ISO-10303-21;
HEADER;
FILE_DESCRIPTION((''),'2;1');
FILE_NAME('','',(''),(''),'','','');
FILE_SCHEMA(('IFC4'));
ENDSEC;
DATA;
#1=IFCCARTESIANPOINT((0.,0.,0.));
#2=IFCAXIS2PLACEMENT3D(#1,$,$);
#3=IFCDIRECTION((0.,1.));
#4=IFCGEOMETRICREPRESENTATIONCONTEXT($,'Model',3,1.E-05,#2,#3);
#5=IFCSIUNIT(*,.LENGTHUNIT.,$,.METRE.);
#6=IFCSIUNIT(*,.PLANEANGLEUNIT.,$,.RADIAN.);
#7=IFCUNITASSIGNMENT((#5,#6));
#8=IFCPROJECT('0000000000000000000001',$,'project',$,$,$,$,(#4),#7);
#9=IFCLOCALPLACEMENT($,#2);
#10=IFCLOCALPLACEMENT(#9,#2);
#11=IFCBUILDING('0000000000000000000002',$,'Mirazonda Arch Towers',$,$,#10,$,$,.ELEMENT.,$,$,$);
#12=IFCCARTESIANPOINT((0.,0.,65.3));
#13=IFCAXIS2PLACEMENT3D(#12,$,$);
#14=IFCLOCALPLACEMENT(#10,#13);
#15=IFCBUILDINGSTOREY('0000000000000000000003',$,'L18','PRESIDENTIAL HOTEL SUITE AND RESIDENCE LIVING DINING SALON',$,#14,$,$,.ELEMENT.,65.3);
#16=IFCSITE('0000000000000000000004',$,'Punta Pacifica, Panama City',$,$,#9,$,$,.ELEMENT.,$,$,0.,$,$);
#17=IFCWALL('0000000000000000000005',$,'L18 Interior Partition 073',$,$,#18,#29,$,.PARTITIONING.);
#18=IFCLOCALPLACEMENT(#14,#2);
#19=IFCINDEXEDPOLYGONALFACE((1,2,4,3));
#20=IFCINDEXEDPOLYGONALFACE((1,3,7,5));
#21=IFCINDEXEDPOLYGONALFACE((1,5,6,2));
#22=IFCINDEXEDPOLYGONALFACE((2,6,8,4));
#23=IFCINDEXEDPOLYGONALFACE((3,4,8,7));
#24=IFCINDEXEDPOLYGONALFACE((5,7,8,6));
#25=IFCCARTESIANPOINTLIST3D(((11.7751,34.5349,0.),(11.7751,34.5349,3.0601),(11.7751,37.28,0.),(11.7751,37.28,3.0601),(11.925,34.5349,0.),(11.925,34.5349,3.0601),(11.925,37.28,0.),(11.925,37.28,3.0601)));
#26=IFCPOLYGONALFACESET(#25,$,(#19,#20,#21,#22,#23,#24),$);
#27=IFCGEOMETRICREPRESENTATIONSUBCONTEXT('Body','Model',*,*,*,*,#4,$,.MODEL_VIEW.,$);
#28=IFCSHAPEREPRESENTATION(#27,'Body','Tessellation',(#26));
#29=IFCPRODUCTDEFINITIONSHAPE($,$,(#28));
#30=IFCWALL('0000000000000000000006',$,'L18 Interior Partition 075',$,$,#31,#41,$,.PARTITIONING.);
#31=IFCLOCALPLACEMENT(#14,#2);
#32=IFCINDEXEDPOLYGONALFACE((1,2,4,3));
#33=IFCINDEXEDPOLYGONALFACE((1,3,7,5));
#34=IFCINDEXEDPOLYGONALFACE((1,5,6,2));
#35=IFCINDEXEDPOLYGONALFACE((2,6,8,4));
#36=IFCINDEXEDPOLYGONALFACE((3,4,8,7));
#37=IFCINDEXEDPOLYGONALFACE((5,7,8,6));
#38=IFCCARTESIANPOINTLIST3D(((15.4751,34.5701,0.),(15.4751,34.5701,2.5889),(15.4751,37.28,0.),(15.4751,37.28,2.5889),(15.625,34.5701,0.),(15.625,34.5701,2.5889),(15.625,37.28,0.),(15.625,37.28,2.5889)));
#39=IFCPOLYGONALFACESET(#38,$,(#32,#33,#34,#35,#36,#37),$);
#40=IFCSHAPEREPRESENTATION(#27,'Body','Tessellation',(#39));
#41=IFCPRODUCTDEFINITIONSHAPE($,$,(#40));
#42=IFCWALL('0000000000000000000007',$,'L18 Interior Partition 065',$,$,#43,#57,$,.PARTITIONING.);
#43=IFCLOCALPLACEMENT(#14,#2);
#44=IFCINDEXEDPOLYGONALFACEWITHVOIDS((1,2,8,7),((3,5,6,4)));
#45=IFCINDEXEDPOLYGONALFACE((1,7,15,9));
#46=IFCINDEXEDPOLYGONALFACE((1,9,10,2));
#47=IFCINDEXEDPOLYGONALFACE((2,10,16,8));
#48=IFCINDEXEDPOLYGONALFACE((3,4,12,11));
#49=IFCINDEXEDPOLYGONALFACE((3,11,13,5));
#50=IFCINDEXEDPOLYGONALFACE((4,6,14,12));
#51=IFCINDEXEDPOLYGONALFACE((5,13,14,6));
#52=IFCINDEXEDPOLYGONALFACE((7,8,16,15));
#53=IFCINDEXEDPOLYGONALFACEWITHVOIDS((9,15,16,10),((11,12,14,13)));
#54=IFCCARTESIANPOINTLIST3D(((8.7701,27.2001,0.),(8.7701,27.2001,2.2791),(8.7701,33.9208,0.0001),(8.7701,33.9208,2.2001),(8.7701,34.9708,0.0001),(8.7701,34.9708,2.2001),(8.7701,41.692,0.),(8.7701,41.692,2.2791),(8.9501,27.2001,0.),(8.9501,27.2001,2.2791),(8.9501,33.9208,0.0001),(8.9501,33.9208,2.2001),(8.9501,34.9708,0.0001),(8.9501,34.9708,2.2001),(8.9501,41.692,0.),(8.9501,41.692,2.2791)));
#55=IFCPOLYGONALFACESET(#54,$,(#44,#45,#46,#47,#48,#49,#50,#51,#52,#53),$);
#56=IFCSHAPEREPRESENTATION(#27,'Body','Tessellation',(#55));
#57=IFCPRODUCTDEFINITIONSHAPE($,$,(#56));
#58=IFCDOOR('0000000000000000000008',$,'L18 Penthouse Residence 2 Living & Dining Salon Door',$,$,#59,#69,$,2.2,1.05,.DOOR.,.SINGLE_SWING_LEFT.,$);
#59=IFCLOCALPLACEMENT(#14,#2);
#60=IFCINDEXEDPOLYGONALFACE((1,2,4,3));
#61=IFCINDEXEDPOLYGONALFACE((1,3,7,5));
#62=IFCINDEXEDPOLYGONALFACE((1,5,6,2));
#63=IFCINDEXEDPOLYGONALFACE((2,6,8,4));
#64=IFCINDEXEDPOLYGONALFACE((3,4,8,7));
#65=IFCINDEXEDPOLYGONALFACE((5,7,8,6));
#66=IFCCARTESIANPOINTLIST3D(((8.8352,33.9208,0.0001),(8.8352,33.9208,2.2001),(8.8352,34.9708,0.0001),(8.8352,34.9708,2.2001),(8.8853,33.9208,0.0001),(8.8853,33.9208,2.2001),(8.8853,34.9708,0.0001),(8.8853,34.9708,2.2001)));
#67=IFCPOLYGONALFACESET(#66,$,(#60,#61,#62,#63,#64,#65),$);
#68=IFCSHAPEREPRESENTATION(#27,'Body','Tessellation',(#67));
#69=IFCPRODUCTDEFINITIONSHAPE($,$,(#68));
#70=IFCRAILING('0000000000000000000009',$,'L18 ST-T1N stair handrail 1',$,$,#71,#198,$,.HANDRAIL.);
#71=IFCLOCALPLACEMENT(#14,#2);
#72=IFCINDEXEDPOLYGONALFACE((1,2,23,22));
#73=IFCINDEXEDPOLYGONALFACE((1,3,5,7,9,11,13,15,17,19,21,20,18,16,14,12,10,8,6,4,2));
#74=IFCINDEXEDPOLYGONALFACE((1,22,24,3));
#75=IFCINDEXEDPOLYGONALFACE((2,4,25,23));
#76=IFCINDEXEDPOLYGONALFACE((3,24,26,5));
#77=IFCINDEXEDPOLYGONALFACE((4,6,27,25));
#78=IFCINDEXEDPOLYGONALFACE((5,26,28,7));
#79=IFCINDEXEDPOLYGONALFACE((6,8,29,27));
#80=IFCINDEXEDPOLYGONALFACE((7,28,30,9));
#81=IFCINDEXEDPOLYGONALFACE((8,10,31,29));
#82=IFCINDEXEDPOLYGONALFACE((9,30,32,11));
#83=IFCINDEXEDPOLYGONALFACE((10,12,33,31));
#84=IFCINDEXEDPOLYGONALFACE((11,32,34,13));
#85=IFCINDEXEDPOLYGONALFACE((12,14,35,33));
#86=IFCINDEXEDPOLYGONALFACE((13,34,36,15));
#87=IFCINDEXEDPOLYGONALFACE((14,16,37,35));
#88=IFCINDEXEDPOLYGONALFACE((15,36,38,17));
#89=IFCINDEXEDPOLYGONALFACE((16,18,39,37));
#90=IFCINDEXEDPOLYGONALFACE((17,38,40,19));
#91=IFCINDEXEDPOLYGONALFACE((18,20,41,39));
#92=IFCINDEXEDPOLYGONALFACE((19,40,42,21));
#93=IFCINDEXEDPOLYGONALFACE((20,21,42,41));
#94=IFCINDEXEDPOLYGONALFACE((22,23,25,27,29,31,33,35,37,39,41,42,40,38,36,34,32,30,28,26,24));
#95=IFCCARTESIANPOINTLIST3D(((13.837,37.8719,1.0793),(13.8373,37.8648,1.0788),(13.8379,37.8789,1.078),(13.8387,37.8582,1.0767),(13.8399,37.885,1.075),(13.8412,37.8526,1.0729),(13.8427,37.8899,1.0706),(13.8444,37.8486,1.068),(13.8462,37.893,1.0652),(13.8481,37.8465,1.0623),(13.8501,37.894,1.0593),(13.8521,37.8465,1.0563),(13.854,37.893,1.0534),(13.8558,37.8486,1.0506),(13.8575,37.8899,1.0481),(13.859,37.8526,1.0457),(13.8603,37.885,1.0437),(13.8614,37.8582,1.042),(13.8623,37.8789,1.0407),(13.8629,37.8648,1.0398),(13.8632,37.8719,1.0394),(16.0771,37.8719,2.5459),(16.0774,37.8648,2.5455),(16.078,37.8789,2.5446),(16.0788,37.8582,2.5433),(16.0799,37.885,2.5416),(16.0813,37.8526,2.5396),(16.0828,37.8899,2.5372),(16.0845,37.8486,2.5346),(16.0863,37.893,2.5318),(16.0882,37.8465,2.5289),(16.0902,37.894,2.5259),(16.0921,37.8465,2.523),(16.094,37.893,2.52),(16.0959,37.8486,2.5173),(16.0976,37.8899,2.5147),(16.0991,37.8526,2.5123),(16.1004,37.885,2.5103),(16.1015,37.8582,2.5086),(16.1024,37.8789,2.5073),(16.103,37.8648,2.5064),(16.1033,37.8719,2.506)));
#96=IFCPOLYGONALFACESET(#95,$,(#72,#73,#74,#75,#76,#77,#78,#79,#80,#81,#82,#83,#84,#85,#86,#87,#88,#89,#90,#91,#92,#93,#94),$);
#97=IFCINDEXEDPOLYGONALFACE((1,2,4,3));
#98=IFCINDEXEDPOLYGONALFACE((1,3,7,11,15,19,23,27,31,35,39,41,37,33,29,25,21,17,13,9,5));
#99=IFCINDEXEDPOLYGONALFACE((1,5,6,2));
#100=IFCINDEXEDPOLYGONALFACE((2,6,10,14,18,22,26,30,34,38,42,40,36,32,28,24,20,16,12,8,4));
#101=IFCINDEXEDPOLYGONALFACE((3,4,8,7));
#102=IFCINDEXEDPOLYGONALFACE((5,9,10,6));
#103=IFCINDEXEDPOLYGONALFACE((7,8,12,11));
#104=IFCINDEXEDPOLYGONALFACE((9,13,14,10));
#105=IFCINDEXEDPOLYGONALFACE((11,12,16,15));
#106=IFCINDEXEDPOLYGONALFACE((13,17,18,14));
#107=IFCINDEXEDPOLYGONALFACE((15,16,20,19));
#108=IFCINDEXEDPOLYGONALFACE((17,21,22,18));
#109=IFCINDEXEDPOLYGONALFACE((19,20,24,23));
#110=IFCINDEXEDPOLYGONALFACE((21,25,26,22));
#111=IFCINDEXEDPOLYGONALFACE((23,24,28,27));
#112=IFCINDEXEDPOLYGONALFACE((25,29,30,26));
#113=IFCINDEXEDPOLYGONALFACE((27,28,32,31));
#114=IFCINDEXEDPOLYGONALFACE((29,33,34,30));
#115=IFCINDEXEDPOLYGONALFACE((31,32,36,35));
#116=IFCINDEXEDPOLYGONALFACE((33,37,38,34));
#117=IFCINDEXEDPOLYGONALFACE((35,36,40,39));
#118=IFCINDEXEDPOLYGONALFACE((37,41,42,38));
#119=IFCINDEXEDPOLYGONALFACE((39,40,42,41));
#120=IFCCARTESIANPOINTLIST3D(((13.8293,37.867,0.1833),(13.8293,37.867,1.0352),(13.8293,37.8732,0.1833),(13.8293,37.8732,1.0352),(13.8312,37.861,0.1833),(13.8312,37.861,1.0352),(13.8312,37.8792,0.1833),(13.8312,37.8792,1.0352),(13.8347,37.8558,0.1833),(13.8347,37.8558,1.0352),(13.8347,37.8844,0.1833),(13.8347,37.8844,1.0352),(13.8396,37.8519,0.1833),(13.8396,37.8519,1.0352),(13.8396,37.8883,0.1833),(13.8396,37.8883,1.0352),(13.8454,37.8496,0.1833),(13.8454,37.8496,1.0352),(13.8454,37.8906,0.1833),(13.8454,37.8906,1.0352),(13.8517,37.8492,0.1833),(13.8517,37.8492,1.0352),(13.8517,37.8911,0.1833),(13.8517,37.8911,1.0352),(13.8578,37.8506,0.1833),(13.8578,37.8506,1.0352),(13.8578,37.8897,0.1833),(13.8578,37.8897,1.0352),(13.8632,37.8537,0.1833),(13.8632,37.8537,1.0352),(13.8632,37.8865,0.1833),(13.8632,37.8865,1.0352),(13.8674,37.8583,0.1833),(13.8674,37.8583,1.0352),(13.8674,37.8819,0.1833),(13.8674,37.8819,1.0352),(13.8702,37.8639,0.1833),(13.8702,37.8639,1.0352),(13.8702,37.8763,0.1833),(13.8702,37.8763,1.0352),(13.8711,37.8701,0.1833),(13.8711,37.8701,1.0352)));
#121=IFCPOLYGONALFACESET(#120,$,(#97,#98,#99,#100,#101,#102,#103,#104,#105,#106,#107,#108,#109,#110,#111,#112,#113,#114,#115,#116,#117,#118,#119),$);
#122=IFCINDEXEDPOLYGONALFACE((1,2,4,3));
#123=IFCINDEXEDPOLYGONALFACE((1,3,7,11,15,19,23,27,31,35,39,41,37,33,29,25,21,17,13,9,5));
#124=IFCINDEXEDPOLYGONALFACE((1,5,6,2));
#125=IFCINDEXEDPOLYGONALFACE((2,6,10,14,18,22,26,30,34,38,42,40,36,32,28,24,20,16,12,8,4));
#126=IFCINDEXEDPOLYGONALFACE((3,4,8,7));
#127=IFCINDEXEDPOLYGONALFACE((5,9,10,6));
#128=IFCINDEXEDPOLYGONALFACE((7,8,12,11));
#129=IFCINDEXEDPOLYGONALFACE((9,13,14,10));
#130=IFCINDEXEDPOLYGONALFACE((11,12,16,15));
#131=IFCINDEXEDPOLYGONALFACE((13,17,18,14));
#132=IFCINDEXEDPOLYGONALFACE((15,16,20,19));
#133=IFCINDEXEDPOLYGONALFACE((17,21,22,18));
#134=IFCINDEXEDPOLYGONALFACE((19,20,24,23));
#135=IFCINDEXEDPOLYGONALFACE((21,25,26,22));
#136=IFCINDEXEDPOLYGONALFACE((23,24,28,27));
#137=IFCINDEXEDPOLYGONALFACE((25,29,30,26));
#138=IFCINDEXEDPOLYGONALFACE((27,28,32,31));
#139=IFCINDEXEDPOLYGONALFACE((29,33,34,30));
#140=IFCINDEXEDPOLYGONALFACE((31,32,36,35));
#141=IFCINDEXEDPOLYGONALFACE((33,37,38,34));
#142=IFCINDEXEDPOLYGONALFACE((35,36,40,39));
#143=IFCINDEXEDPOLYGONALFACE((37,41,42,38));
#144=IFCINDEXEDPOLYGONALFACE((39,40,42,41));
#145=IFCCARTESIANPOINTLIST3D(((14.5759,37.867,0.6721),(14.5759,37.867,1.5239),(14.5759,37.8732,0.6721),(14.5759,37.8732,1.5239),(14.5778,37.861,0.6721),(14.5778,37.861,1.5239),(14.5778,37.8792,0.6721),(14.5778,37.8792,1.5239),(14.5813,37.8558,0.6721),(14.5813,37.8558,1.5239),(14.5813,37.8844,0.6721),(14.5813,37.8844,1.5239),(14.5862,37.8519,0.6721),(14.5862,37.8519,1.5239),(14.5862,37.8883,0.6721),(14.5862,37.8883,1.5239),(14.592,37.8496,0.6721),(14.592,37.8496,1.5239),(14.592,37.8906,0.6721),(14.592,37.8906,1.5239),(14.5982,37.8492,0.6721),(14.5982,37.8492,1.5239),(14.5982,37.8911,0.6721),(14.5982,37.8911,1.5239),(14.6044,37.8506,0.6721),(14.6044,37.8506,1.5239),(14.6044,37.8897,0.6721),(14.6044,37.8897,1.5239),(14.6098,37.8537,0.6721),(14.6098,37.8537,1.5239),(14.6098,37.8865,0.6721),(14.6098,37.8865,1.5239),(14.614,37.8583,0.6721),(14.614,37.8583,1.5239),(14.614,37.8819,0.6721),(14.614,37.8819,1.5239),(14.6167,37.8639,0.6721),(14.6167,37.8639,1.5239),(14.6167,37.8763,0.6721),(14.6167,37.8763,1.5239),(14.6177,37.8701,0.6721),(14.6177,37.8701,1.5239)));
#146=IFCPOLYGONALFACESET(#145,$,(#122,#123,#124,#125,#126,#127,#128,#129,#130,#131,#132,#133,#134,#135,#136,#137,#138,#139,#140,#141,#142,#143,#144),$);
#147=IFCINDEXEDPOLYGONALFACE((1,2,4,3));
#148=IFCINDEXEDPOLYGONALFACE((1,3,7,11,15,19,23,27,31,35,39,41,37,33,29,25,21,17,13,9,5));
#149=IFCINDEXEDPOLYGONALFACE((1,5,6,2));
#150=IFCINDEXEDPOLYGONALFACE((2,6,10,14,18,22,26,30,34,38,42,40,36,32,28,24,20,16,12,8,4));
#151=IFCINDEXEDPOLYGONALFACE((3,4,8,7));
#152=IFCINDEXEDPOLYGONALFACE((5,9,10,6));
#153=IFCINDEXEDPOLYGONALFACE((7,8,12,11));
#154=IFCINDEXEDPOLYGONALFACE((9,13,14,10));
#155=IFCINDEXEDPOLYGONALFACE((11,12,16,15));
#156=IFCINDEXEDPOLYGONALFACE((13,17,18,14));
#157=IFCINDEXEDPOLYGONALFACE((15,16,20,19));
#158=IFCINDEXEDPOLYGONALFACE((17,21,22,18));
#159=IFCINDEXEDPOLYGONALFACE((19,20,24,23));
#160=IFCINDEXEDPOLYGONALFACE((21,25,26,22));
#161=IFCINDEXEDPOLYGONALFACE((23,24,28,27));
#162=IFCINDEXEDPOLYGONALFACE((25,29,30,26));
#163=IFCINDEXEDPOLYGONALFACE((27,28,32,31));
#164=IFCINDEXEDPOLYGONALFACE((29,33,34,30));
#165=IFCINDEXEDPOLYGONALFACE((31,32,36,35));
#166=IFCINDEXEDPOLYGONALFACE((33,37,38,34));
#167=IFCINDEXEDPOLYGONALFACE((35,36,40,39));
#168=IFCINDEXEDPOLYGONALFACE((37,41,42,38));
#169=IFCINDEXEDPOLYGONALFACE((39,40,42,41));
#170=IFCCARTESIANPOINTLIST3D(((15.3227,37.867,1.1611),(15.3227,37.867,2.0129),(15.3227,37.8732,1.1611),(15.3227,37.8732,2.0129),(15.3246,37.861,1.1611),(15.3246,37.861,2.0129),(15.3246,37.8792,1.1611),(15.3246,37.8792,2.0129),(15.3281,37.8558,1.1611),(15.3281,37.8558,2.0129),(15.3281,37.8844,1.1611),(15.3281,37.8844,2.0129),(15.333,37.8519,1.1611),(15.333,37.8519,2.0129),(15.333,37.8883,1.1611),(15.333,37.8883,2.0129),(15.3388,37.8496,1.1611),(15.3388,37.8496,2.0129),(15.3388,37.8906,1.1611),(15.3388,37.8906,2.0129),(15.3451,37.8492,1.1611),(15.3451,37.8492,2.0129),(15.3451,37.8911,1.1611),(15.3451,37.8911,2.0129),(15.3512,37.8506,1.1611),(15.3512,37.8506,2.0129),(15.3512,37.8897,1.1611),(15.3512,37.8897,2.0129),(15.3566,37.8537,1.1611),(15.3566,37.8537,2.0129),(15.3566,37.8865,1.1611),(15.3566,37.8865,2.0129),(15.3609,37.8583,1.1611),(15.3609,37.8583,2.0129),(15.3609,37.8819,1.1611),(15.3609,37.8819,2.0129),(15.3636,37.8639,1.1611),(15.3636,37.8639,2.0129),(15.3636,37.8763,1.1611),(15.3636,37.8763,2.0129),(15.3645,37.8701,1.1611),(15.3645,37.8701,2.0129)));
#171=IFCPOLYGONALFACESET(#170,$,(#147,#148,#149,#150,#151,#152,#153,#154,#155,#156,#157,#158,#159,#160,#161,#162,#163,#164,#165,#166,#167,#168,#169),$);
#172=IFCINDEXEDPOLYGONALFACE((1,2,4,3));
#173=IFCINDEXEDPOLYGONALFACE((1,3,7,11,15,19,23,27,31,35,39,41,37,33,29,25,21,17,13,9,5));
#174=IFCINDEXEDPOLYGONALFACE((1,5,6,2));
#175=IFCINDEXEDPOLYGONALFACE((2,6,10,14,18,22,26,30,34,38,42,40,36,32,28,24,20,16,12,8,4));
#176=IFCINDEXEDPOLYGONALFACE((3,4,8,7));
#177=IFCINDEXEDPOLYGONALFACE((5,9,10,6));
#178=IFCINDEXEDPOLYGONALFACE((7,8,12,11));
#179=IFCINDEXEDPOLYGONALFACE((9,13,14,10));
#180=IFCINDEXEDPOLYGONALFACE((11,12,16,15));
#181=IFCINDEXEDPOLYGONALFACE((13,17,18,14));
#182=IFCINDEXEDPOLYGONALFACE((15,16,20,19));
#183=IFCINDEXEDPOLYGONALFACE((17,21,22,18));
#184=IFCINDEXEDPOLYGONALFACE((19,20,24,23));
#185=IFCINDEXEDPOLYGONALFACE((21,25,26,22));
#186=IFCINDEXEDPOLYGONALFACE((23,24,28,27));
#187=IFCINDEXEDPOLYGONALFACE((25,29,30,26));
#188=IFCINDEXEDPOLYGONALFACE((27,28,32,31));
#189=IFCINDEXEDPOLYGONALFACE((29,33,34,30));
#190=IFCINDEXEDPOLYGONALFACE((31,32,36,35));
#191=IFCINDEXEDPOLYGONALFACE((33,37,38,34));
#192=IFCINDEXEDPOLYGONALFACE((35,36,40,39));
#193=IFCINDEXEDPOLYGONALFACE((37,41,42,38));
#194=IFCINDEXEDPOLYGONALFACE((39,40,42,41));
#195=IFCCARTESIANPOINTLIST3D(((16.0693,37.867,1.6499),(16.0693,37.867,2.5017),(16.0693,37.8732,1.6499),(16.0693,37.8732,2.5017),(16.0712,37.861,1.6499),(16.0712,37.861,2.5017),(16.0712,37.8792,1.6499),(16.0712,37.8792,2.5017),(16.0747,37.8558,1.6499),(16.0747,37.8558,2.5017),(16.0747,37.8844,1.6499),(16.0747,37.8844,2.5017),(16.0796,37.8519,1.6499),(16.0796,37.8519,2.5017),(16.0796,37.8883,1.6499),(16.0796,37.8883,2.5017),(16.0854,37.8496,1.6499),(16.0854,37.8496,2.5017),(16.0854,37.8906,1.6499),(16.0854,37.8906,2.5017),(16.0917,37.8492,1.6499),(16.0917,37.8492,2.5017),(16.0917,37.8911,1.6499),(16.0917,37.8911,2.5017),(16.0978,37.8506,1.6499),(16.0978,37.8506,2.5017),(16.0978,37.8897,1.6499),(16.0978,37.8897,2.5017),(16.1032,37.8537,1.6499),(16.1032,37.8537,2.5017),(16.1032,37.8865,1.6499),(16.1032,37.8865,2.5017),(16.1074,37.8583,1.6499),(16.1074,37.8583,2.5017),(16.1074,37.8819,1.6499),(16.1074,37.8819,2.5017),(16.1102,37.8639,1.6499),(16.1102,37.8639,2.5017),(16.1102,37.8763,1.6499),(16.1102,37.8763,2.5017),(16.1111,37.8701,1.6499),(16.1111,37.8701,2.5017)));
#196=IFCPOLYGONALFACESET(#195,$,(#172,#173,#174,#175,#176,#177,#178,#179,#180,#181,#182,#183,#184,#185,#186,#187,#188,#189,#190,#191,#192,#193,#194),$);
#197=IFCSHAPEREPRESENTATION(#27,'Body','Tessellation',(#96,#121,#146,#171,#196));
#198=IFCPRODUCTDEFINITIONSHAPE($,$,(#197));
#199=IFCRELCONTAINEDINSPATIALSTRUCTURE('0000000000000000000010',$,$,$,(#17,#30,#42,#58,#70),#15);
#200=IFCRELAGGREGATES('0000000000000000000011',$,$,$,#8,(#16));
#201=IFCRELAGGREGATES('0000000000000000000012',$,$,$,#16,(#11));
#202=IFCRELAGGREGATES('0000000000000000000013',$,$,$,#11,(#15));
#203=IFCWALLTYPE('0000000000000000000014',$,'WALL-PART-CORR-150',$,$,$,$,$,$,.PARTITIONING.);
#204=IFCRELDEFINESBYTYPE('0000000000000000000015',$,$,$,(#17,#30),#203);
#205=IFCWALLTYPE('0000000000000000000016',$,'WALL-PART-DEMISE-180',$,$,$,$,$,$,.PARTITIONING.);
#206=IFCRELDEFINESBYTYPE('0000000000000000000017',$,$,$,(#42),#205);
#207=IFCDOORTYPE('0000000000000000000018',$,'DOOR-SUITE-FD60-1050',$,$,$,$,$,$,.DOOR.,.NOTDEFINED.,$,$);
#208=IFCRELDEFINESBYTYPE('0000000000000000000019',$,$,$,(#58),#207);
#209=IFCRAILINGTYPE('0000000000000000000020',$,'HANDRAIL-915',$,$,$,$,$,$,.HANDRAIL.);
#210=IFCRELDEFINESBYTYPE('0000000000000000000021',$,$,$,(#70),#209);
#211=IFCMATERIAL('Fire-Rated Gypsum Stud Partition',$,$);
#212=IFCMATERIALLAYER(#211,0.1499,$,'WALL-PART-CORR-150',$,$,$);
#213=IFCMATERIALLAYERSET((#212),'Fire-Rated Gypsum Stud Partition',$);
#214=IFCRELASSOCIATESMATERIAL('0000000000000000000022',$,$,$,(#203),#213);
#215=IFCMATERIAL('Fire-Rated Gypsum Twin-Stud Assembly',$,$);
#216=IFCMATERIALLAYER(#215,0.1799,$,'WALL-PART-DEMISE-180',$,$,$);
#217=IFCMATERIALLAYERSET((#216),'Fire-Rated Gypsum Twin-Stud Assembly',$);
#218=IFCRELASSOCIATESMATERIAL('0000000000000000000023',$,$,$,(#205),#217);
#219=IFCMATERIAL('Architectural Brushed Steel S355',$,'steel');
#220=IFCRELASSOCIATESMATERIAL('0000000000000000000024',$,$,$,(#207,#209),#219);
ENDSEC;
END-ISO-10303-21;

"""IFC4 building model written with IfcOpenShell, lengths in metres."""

from ifc_helpers import new_model, si_unit, direction, frame, frame_2d, origin, origin_2d, place, context, subcontext, project, spatial, rectangle, circle, extrude, material, layer, layer_set, type_object, element, fill, save


model = new_model("IFC4")

# Units and contexts
model_context = context("Model", 3, precision=1e-05, world=origin(), true_north=direction((0.0, 1.0)))
body_context = subcontext(model_context, "Body", "Model", "MODEL_VIEW")
ifc_project = project(units=[si_unit("LENGTHUNIT", "METRE"), si_unit("PLANEANGLEUNIT", "RADIAN")], contexts=[model_context])

# Site, building, storey
site_placement = place(None, origin())
site = spatial("IfcSite", under=ifc_project, at=site_placement, Name="Punta Pacifica, Panama City", CompositionType="ELEMENT", RefElevation=0.0)
building_placement = place(site_placement, origin())
building = spatial("IfcBuilding", under=site, at=building_placement, Name="Mirazonda Arch Towers", CompositionType="ELEMENT")
storey_placement = place(building_placement, frame((0.0, 0.0, 65.3)))
storey = spatial("IfcBuildingStorey", under=building, at=storey_placement, Name="L18", Description="PRESIDENTIAL HOTEL SUITE AND RESIDENCE LIVING DINING SALON", CompositionType="ELEMENT", Elevation=65.3)

# Shared definitions
ifc_material_1 = material(Name="Architectural Brushed Steel S355", Category="steel")
ifc_material_2 = material(Name="Fire-Rated Gypsum Stud Partition")
ifc_layer_1 = layer(ifc_material_2, 0.1499, Name="WALL-PART-CORR-150")
ifc_layer_set_1 = layer_set([ifc_layer_1], Name="Fire-Rated Gypsum Stud Partition")
wall_type_1 = type_object("IfcWallType", Name="WALL-PART-CORR-150", PredefinedType="PARTITIONING", material=ifc_layer_set_1)

# Walls
wall_1_placement = place(storey_placement, frame((11.8501, 34.5349, 0.0), z_axis=(0.0, 0.0, 1.0), x_axis=(0.0, 1.0, 0.0)))
element("IfcWall", 1, at=wall_1_placement, inside=storey, type_object=wall_type_1, Name="L18 Interior Partition 073", PredefinedType="PARTITIONING", context=body_context, shape_type="SweptSolid", body=[
    extrude(rectangle(XDim=2.7451, YDim=0.1499, at=frame_2d((1.3726, 0.0))), origin(), (0.0, 0.0, 1.0), 3.0601),
])
wall_2_placement = place(storey_placement, frame((15.55, 34.5701, 0.0), z_axis=(0.0, 0.0, 1.0), x_axis=(0.0, 1.0, 0.0)))
element("IfcWall", 2, at=wall_2_placement, inside=storey, type_object=wall_type_1, Name="L18 Interior Partition 075", PredefinedType="PARTITIONING", context=body_context, shape_type="SweptSolid", body=[
    extrude(rectangle(XDim=2.71, YDim=0.1499, at=frame_2d((1.355, 0.0))), origin(), (0.0, 0.0, 1.0), 2.5889),
])

# Wall, opening, door
ifc_material_3 = material(Name="Fire-Rated Gypsum Twin-Stud Assembly")
ifc_layer_2 = layer(ifc_material_3, 0.1799, Name="WALL-PART-DEMISE-180")
ifc_layer_set_2 = layer_set([ifc_layer_2], Name="Fire-Rated Gypsum Twin-Stud Assembly")
wall_type_2 = type_object("IfcWallType", Name="WALL-PART-DEMISE-180", PredefinedType="PARTITIONING", material=ifc_layer_set_2)
wall_3_placement = place(storey_placement, frame((8.8601, 27.2, 0.0), z_axis=(0.0, 0.0, 1.0), x_axis=(0.0, 1.0, 0.0)))
wall_3 = element("IfcWall", 3, at=wall_3_placement, inside=storey, type_object=wall_type_2, Name="L18 Interior Partition 065", PredefinedType="PARTITIONING", context=body_context, shape_type="SweptSolid", body=[
    extrude(rectangle(XDim=14.4919, YDim=0.1799, at=frame_2d((7.2461, 0.0))), origin(), (0.0, 0.0, 1.0), 2.2791),
])
opening_1_placement = place(wall_3_placement, frame((6.7209, 0.0, 0.0)))
opening_1 = element("IfcOpeningElement", 4, at=opening_1_placement, cuts=wall_3, PredefinedType="OPENING", context=body_context, shape_type="SweptSolid", body=[
    extrude(rectangle(XDim=1.05, YDim=2.2, at=frame_2d((0.5249, 1.1001))), frame((0.0, 0.0999, 0.0), z_axis=(0.0, -1.0, 0.0), x_axis=(1.0, 0.0, 0.0)), (0.0, 0.0, 1.0), 0.2),
])
door_type_1 = type_object("IfcDoorType", Name="DOOR-SUITE-FD60-1050", OperationType="NOTDEFINED", PredefinedType="DOOR", material=ifc_material_1)
door_1_placement = place(opening_1_placement, origin())
door_1 = element("IfcDoor", 5, at=door_1_placement, inside=storey, type_object=door_type_1, Name="L18 Penthouse Residence 2 Living & Dining Salon Door", OperationType="SINGLE_SWING_LEFT", OverallHeight=2.2, OverallWidth=1.05, PredefinedType="DOOR", context=body_context, shape_type="SweptSolid", body=[
    extrude(rectangle(XDim=1.05, YDim=2.2, at=frame_2d((0.5249, 1.1001))), frame((0.0, 0.0249, 0.0), z_axis=(0.0, -1.0, 0.0), x_axis=(1.0, 0.0, 0.0)), (0.0, 0.0, 1.0), 0.05),
])
fill(opening_1, door_1)

# Railing
railing_type = type_object("IfcRailingType", Name="HANDRAIL-915", PredefinedType="HANDRAIL", material=ifc_material_1)
railing_placement = place(storey_placement, frame((13.8501, 37.8701, 0.1833)))
element("IfcRailing", 6, at=railing_placement, inside=storey, type_object=railing_type, Name="L18 ST-T1N stair handrail 1", PredefinedType="HANDRAIL", context=body_context, shape_type="SweptSolid", body=[
    extrude(circle(Radius=0.0239, at=origin_2d()), frame((0.0, 0.0, 0.876), z_axis=(0.836637, 0.0, 0.547758), x_axis=(0.0, 1.0, 0.0)), (0.0, 0.0, 1.0), 2.6775),
    extrude(circle(Radius=0.021, at=origin_2d()), origin(), (0.0, 0.0, 1.0), 0.8518),
    extrude(circle(Radius=0.021, at=origin_2d()), frame((0.7466, 0.0, 0.4888)), (0.0, 0.0, 1.0), 0.8518),
    extrude(circle(Radius=0.021, at=origin_2d()), frame((1.4934, 0.0, 0.9778)), (0.0, 0.0, 1.0), 0.8518),
    extrude(circle(Radius=0.021, at=origin_2d()), frame((2.24, 0.0, 1.4666)), (0.0, 0.0, 1.0), 0.8518),
])

save(model, "model.ifc")
